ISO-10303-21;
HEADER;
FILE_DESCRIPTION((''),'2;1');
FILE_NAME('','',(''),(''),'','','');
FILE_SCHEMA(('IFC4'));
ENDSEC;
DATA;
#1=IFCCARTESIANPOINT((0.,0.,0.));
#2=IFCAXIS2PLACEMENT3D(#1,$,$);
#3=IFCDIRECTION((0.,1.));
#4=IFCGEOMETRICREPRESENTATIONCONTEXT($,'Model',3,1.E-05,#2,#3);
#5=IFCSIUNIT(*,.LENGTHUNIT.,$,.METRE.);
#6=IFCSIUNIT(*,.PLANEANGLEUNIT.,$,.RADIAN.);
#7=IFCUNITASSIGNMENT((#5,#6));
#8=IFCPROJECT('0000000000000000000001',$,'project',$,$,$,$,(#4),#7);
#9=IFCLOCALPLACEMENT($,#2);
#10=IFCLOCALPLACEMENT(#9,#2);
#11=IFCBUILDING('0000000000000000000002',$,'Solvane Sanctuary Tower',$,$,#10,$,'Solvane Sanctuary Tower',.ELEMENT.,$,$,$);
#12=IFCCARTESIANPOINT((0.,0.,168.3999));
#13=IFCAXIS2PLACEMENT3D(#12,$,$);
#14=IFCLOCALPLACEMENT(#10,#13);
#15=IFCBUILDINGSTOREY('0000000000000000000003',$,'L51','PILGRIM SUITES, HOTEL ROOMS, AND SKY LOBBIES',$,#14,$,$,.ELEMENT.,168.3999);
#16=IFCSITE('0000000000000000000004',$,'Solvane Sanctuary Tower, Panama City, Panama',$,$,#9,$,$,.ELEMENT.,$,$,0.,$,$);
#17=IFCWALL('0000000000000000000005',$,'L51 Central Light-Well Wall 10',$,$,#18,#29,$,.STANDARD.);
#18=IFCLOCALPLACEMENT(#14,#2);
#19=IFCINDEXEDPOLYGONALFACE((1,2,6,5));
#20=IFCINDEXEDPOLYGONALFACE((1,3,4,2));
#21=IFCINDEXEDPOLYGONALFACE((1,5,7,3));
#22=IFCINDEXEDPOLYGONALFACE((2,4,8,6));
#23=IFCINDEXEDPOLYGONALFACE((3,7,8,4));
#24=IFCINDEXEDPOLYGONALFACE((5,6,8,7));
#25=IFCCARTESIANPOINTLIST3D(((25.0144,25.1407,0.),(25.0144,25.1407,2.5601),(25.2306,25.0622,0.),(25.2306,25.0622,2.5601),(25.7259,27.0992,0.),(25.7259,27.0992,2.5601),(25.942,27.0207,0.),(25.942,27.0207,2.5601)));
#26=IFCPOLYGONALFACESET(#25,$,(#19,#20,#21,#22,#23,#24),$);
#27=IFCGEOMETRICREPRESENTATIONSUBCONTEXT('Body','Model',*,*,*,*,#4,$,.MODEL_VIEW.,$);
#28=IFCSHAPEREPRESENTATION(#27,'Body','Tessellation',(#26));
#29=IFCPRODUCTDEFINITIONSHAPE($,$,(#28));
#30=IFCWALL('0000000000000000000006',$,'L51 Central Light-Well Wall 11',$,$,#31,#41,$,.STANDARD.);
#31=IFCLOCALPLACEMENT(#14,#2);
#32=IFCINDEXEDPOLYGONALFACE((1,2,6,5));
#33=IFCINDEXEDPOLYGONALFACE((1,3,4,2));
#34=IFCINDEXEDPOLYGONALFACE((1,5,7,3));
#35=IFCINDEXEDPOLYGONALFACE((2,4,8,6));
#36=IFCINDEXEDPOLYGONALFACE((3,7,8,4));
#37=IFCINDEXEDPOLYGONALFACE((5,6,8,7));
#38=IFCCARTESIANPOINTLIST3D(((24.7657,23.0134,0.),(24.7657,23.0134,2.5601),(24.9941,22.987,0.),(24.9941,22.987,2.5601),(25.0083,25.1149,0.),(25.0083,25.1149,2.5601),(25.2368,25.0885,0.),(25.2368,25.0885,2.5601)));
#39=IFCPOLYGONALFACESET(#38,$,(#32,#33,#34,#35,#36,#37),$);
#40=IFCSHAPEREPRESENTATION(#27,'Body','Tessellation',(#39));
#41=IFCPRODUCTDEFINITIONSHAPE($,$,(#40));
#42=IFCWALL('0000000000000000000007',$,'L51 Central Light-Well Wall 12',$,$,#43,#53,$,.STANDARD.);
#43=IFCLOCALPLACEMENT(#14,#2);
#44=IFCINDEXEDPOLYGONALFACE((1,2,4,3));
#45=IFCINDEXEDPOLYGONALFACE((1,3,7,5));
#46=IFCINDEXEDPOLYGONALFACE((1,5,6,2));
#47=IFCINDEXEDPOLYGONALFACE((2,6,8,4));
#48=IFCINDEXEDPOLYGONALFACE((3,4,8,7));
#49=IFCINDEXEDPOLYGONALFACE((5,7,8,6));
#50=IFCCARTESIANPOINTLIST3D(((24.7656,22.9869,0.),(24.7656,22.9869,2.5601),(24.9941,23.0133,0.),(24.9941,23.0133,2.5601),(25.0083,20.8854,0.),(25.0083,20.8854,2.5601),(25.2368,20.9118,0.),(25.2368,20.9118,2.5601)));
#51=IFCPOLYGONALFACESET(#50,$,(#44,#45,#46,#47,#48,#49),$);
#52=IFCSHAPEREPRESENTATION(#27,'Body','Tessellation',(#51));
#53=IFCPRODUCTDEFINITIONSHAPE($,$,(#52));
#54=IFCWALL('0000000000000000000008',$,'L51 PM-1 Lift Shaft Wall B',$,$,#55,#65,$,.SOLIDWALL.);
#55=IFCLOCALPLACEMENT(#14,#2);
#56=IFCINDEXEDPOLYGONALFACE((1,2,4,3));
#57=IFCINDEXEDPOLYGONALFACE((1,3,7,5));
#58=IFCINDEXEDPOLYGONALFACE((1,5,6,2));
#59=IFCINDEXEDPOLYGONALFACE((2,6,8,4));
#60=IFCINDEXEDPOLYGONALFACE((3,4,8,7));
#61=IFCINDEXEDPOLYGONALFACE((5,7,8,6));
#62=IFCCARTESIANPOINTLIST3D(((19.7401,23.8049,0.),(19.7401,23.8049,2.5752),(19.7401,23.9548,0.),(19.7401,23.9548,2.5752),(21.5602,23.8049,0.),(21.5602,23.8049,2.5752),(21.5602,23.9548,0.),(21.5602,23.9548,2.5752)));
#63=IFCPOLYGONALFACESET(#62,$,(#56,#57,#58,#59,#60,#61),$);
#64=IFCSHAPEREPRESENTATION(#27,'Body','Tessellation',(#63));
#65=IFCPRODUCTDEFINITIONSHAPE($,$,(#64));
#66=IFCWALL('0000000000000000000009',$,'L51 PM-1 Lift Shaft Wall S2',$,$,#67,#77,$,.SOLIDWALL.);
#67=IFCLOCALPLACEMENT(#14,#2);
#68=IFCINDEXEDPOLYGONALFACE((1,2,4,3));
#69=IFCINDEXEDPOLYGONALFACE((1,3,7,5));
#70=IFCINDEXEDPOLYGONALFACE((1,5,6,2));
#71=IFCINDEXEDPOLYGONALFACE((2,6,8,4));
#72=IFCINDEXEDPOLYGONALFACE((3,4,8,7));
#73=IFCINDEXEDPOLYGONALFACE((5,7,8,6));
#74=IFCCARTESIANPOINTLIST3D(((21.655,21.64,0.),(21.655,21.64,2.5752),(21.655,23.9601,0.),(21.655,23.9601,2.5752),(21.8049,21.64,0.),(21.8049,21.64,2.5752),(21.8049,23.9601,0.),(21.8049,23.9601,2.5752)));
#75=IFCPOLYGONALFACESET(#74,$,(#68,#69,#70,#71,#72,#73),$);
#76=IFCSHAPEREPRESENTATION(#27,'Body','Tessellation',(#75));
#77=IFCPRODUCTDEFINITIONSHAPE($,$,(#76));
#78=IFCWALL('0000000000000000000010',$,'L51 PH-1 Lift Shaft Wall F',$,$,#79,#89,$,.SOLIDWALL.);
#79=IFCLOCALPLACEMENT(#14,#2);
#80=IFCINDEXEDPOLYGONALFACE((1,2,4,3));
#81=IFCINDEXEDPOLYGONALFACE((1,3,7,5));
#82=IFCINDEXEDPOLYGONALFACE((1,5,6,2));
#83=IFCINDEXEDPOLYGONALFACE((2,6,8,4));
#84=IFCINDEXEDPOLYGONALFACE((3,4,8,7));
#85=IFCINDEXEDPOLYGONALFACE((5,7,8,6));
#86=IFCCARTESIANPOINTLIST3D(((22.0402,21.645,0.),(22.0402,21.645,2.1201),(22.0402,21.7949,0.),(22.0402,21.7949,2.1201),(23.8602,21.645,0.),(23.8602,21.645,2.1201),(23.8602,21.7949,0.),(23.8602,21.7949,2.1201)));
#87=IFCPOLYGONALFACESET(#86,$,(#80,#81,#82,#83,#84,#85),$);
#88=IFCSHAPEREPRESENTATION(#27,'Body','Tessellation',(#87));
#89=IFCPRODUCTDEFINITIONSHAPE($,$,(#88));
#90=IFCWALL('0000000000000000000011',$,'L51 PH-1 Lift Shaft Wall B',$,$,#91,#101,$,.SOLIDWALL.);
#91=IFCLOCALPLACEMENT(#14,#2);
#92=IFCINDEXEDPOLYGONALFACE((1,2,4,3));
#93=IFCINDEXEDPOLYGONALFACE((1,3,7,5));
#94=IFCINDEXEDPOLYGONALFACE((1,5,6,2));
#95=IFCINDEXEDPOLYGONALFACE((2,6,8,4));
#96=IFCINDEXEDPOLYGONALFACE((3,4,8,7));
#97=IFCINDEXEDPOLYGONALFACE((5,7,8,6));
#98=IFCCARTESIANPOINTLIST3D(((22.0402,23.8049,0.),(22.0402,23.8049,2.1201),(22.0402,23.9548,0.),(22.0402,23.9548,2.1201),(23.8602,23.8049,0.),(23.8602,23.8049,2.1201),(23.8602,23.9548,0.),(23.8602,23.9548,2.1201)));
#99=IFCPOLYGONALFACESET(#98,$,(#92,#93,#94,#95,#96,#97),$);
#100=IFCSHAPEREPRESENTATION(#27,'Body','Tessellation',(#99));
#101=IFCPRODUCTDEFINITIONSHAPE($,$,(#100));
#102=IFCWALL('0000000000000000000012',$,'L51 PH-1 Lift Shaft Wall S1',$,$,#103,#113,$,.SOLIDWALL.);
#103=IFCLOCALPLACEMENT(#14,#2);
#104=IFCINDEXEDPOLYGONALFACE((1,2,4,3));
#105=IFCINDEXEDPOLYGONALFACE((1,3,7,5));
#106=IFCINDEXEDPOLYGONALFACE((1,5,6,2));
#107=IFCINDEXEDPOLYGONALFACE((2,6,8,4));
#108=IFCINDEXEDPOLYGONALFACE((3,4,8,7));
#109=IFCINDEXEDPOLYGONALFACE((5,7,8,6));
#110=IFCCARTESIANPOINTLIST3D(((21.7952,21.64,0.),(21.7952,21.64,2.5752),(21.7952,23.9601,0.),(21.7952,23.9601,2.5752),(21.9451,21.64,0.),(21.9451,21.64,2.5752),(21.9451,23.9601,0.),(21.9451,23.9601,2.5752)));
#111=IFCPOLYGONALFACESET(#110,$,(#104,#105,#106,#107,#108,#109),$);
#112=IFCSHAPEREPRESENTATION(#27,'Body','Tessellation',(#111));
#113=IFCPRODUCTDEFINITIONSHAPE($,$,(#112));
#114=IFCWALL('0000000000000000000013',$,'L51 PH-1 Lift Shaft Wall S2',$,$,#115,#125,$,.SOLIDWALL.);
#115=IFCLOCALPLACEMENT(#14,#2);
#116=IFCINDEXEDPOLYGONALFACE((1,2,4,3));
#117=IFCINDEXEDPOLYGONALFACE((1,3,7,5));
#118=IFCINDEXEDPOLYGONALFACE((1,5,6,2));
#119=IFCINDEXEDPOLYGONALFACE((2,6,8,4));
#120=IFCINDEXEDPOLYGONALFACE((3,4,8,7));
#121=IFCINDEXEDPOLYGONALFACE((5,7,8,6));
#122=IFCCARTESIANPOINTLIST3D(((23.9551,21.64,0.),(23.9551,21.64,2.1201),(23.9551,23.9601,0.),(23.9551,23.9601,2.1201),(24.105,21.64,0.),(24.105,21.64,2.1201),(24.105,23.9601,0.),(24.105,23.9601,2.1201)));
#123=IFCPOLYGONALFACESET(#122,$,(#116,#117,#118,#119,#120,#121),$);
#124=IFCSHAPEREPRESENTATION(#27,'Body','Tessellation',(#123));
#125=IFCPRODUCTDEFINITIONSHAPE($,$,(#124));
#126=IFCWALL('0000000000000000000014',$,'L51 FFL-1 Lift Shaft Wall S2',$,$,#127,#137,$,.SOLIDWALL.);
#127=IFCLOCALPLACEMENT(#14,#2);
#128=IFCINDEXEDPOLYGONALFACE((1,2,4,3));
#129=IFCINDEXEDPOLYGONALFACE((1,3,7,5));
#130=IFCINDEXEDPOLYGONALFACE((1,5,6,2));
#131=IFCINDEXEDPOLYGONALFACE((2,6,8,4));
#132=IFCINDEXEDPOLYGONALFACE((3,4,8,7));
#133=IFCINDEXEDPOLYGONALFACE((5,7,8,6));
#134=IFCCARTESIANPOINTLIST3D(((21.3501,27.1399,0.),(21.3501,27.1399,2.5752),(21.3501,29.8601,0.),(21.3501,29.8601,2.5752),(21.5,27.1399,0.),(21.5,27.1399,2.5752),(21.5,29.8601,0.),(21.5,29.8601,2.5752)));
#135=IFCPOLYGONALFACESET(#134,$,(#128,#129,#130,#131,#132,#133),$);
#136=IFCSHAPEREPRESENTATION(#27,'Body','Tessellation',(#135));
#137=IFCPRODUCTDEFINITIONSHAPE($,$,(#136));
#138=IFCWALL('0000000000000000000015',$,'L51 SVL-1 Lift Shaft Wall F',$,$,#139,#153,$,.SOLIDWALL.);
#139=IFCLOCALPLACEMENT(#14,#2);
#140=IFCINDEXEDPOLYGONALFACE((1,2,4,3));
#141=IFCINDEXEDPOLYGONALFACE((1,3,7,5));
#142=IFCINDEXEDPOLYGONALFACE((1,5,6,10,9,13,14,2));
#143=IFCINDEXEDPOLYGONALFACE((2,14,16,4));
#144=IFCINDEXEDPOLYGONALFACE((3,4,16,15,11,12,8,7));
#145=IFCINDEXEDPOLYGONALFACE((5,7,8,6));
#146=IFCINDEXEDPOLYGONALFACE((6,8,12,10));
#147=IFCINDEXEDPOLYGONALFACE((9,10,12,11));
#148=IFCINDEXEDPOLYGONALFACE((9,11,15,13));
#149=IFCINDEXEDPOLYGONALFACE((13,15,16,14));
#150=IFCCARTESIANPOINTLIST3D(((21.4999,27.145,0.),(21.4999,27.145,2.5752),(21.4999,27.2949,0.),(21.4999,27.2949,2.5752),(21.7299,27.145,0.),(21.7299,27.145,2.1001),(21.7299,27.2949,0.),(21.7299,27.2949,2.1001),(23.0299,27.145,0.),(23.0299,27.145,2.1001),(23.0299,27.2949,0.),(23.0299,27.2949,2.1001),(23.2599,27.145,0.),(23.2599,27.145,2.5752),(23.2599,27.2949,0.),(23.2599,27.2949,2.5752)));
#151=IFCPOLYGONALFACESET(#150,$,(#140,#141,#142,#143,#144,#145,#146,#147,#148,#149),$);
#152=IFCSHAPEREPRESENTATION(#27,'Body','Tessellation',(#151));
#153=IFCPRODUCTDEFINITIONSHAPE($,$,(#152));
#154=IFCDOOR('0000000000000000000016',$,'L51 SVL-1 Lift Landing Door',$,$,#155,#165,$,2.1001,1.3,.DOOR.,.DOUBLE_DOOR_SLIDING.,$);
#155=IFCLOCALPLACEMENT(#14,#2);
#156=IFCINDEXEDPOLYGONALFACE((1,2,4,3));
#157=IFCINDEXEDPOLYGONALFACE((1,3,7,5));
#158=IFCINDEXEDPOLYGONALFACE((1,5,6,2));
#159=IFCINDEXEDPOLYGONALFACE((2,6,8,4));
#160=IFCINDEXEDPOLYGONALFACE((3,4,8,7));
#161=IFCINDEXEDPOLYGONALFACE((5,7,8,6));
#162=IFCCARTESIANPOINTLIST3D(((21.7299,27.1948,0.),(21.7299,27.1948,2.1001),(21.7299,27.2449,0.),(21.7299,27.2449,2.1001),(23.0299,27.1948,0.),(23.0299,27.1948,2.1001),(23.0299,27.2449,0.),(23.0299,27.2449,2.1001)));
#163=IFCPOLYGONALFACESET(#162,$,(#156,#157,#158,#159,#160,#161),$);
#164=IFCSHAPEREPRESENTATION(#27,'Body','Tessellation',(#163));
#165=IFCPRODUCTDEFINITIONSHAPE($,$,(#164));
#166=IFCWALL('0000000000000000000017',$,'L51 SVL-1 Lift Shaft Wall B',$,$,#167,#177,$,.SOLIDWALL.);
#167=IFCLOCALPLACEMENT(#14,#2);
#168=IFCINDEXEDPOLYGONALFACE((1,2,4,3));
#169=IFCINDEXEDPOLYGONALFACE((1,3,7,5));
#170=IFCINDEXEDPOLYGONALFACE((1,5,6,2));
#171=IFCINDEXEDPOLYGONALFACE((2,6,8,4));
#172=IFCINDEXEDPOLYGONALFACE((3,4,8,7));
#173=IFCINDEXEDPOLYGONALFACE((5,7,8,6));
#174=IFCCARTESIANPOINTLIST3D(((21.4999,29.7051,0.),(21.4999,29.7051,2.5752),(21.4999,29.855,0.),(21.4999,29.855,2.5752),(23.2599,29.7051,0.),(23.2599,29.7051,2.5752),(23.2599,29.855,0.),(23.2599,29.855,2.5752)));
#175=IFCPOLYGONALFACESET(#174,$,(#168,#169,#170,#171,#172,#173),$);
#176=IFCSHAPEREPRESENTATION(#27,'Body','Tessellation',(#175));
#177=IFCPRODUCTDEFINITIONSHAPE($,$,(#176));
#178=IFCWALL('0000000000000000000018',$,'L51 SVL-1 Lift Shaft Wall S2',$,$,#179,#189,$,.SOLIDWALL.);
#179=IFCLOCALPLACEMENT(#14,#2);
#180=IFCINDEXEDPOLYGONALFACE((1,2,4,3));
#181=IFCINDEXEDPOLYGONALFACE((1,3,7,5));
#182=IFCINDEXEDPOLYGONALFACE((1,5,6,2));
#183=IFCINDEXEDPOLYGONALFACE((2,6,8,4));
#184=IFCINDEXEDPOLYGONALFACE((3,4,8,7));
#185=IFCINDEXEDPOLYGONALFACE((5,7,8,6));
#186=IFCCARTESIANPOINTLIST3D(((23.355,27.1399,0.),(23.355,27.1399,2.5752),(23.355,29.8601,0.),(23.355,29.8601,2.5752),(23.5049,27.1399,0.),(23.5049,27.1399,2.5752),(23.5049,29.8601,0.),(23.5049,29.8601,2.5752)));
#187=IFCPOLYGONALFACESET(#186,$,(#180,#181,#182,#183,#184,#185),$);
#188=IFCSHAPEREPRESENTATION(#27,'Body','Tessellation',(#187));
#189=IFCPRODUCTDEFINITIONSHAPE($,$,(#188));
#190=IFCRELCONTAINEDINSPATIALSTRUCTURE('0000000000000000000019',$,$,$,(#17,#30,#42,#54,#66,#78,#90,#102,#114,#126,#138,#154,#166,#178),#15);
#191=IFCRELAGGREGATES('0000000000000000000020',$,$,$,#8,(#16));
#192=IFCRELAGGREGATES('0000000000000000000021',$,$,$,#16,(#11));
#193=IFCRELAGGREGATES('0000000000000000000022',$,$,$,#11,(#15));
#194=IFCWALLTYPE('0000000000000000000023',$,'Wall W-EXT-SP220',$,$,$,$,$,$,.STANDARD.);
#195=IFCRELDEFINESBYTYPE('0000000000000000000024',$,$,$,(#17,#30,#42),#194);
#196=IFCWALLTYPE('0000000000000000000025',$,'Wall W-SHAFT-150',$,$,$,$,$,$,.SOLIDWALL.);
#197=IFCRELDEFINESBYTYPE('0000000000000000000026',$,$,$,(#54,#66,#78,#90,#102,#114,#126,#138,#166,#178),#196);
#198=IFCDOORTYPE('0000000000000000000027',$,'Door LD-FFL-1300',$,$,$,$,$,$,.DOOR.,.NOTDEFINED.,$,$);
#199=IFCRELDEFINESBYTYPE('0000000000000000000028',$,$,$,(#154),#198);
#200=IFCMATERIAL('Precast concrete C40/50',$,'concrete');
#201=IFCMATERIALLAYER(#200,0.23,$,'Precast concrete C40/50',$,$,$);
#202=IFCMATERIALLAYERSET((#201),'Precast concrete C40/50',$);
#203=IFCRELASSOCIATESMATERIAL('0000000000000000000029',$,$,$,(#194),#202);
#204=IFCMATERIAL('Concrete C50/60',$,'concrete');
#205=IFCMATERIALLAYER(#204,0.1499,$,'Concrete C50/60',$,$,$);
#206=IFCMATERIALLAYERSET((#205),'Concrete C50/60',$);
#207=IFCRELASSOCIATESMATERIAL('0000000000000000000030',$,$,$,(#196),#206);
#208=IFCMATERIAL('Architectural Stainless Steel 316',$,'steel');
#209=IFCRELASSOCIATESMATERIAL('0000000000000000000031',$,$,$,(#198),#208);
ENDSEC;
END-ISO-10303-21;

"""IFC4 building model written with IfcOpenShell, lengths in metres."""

from ifc_helpers import new_model, si_unit, direction, frame, frame_2d, origin, place, context, subcontext, project, spatial, rectangle, extrude, material, layer, layer_set, type_object, element, fill, save


model = new_model("IFC4")

# Units and contexts
model_context = context("Model", 3, precision=1e-05, world=origin(), true_north=direction((0.0, 1.0)))
body_context = subcontext(model_context, "Body", "Model", "MODEL_VIEW")
ifc_project = project(units=[si_unit("LENGTHUNIT", "METRE"), si_unit("PLANEANGLEUNIT", "RADIAN")], contexts=[model_context])

# Site, building, storey
site_placement = place(None, origin())
site = spatial("IfcSite", under=ifc_project, at=site_placement, Name="Solvane Sanctuary Tower, Panama City, Panama", CompositionType="ELEMENT", RefElevation=0.0)
building_placement = place(site_placement, origin())
building = spatial("IfcBuilding", under=site, at=building_placement, Name="Solvane Sanctuary Tower", LongName="Solvane Sanctuary Tower", CompositionType="ELEMENT")
storey_placement = place(building_placement, frame((0.0, 0.0, 168.3999)))
storey = spatial("IfcBuildingStorey", under=building, at=storey_placement, Name="L51", Description="PILGRIM SUITES, HOTEL ROOMS, AND SKY LOBBIES", CompositionType="ELEMENT", Elevation=168.3999)

# Shared definitions
ifc_material_1 = material(Name="Concrete C50/60", Category="concrete")

# Shared definitions
ifc_material_2 = material(Name="Architectural Stainless Steel 316", Category="steel")

# Walls
ifc_material_3 = material(Name="Precast concrete C40/50", Category="concrete")
ifc_layer_1 = layer(ifc_material_3, 0.23, Name="Precast concrete C40/50")
ifc_layer_set_1 = layer_set([ifc_layer_1], Name="Precast concrete C40/50")
wall_type_1 = type_object("IfcWallType", Name="Wall W-EXT-SP220", PredefinedType="STANDARD", material=ifc_layer_set_1)
wall_1_placement = place(storey_placement, frame((25.834, 27.0601, 0.0), z_axis=(0.0, 0.0, 1.0), x_axis=(-0.341423, -0.93991, 0.0)))
element("IfcWall", 1, at=wall_1_placement, inside=storey, type_object=wall_type_1, Name="L51 Central Light-Well Wall 10", PredefinedType="STANDARD", context=body_context, shape_type="SweptSolid", body=[
    extrude(rectangle(XDim=2.0837, YDim=0.23, at=frame_2d((1.042, 0.0))), origin(), (0.0, 0.0, 1.0), 2.5601),
])
for number, where, z_axis, x_axis, name in (
    (2, (25.1226, 25.1016, 0.0), (0.0, 0.0, 1.0), (-0.114712, -0.993399, 0.0), "L51 Central Light-Well Wall 11"),
    (3, (24.8799, 23.0, 0.0), (0.0, 0.0, 1.0), (0.114712, -0.993399, 0.0), "L51 Central Light-Well Wall 12"),
):
    element("IfcWall", number, at=place(storey_placement, frame(where, z_axis=z_axis, x_axis=x_axis)), inside=storey, type_object=wall_type_1, Name=name, PredefinedType="STANDARD", context=body_context, shape_type="SweptSolid", body=[
        extrude(rectangle(XDim=2.1155, YDim=0.23, at=frame_2d((1.0576, 0.0))), origin(), (0.0, 0.0, 1.0), 2.5601),
    ])
ifc_layer_2 = layer(ifc_material_1, 0.1499, Name="Concrete C50/60")
ifc_layer_set_2 = layer_set([ifc_layer_2], Name="Concrete C50/60")
wall_type_2 = type_object("IfcWallType", Name="Wall W-SHAFT-150", PredefinedType="SOLIDWALL", material=ifc_layer_set_2)
wall_2_placement = place(storey_placement, frame((19.74, 23.8799, 0.0), z_axis=(0.0, 0.0, 1.0), x_axis=(1.0, 0.0, 0.0)))
element("IfcWall", 4, at=wall_2_placement, inside=storey, type_object=wall_type_2, Name="L51 PM-1 Lift Shaft Wall B", PredefinedType="SOLIDWALL", context=body_context, shape_type="SweptSolid", body=[
    extrude(rectangle(XDim=1.8201, YDim=0.1499, at=frame_2d((0.9102, 0.0))), origin(), (0.0, 0.0, 1.0), 2.5752),
])
wall_3_placement = place(storey_placement, frame((21.73, 21.6399, 0.0), z_axis=(0.0, 0.0, 1.0), x_axis=(0.0, 1.0, 0.0)))
element("IfcWall", 5, at=wall_3_placement, inside=storey, type_object=wall_type_2, Name="L51 PM-1 Lift Shaft Wall S2", PredefinedType="SOLIDWALL", context=body_context, shape_type="SweptSolid", body=[
    extrude(rectangle(XDim=2.3201, YDim=0.1499, at=frame_2d((1.1602, 0.0))), origin(), (0.0, 0.0, 1.0), 2.5752),
])
for number, where, z_axis, x_axis, name in (
    (6, (22.04, 21.72, 0.0), (0.0, 0.0, 1.0), (1.0, 0.0, 0.0), "L51 PH-1 Lift Shaft Wall F"),
    (7, (22.04, 23.8799, 0.0), (0.0, 0.0, 1.0), (1.0, 0.0, 0.0), "L51 PH-1 Lift Shaft Wall B"),
):
    element("IfcWall", number, at=place(storey_placement, frame(where, z_axis=z_axis, x_axis=x_axis)), inside=storey, type_object=wall_type_2, Name=name, PredefinedType="SOLIDWALL", context=body_context, shape_type="SweptSolid", body=[
        extrude(rectangle(XDim=1.8201, YDim=0.1499, at=frame_2d((0.9102, 0.0))), origin(), (0.0, 0.0, 1.0), 2.1201),
    ])
wall_4_placement = place(storey_placement, frame((21.8701, 21.6399, 0.0), z_axis=(0.0, 0.0, 1.0), x_axis=(0.0, 1.0, 0.0)))
element("IfcWall", 8, at=wall_4_placement, inside=storey, type_object=wall_type_2, Name="L51 PH-1 Lift Shaft Wall S1", PredefinedType="SOLIDWALL", context=body_context, shape_type="SweptSolid", body=[
    extrude(rectangle(XDim=2.3201, YDim=0.1499, at=frame_2d((1.1602, 0.0))), origin(), (0.0, 0.0, 1.0), 2.5752),
])
wall_5_placement = place(storey_placement, frame((24.03, 21.6399, 0.0), z_axis=(0.0, 0.0, 1.0), x_axis=(0.0, 1.0, 0.0)))
element("IfcWall", 9, at=wall_5_placement, inside=storey, type_object=wall_type_2, Name="L51 PH-1 Lift Shaft Wall S2", PredefinedType="SOLIDWALL", context=body_context, shape_type="SweptSolid", body=[
    extrude(rectangle(XDim=2.3201, YDim=0.1499, at=frame_2d((1.1602, 0.0))), origin(), (0.0, 0.0, 1.0), 2.1201),
])
wall_6_placement = place(storey_placement, frame((21.425, 27.1399, 0.0), z_axis=(0.0, 0.0, 1.0), x_axis=(0.0, 1.0, 0.0)))
element("IfcWall", 10, at=wall_6_placement, inside=storey, type_object=wall_type_2, Name="L51 FFL-1 Lift Shaft Wall S2", PredefinedType="SOLIDWALL", context=body_context, shape_type="SweptSolid", body=[
    extrude(rectangle(XDim=2.7202, YDim=0.1499, at=frame_2d((1.3601, 0.0))), origin(), (0.0, 0.0, 1.0), 2.5752),
])

# Wall, opening, door
wall_7_placement = place(storey_placement, frame((21.5, 27.22, 0.0), z_axis=(0.0, 0.0, 1.0), x_axis=(1.0, 0.0, 0.0)))
wall_7 = element("IfcWall", 11, at=wall_7_placement, inside=storey, type_object=wall_type_2, Name="L51 SVL-1 Lift Shaft Wall F", PredefinedType="SOLIDWALL", context=body_context, shape_type="SweptSolid", body=[
    extrude(rectangle(XDim=1.76, YDim=0.1499, at=frame_2d((0.8799, 0.0))), origin(), (0.0, 0.0, 1.0), 2.5752),
])
opening_1_placement = place(wall_7_placement, frame((0.23, 0.0, 0.0)))
opening_1 = element("IfcOpeningElement", 12, at=opening_1_placement, cuts=wall_7, PredefinedType="OPENING", context=body_context, shape_type="SweptSolid", body=[
    extrude(rectangle(XDim=1.3, YDim=2.1001, at=frame_2d((0.6499, 1.05))), frame((0.0, 0.085, 0.0), z_axis=(0.0, -1.0, 0.0), x_axis=(1.0, 0.0, 0.0)), (0.0, 0.0, 1.0), 0.1699),
])
door_type_1 = type_object("IfcDoorType", Name="Door LD-FFL-1300", OperationType="NOTDEFINED", PredefinedType="DOOR", material=ifc_material_2)
door_1_placement = place(opening_1_placement, origin())
door_1 = element("IfcDoor", 13, at=door_1_placement, inside=storey, type_object=door_type_1, Name="L51 SVL-1 Lift Landing Door", OperationType="DOUBLE_DOOR_SLIDING", OverallHeight=2.1001, OverallWidth=1.3, PredefinedType="DOOR", context=body_context, shape_type="SweptSolid", body=[
    extrude(rectangle(XDim=1.3, YDim=2.1001, at=frame_2d((0.6499, 1.05))), frame((0.0, 0.0249, 0.0), z_axis=(0.0, -1.0, 0.0), x_axis=(1.0, 0.0, 0.0)), (0.0, 0.0, 1.0), 0.05),
])
fill(opening_1, door_1)

# Walls
wall_8_placement = place(storey_placement, frame((21.5, 29.78, 0.0), z_axis=(0.0, 0.0, 1.0), x_axis=(1.0, 0.0, 0.0)))
element("IfcWall", 14, at=wall_8_placement, inside=storey, type_object=wall_type_2, Name="L51 SVL-1 Lift Shaft Wall B", PredefinedType="SOLIDWALL", context=body_context, shape_type="SweptSolid", body=[
    extrude(rectangle(XDim=1.76, YDim=0.1499, at=frame_2d((0.8799, 0.0))), origin(), (0.0, 0.0, 1.0), 2.5752),
])
wall_9_placement = place(storey_placement, frame((23.4299, 27.1399, 0.0), z_axis=(0.0, 0.0, 1.0), x_axis=(0.0, 1.0, 0.0)))
element("IfcWall", 15, at=wall_9_placement, inside=storey, type_object=wall_type_2, Name="L51 SVL-1 Lift Shaft Wall S2", PredefinedType="SOLIDWALL", context=body_context, shape_type="SweptSolid", body=[
    extrude(rectangle(XDim=2.7202, YDim=0.1499, at=frame_2d((1.3601, 0.0))), origin(), (0.0, 0.0, 1.0), 2.5752),
])

save(model, "model.ifc")
